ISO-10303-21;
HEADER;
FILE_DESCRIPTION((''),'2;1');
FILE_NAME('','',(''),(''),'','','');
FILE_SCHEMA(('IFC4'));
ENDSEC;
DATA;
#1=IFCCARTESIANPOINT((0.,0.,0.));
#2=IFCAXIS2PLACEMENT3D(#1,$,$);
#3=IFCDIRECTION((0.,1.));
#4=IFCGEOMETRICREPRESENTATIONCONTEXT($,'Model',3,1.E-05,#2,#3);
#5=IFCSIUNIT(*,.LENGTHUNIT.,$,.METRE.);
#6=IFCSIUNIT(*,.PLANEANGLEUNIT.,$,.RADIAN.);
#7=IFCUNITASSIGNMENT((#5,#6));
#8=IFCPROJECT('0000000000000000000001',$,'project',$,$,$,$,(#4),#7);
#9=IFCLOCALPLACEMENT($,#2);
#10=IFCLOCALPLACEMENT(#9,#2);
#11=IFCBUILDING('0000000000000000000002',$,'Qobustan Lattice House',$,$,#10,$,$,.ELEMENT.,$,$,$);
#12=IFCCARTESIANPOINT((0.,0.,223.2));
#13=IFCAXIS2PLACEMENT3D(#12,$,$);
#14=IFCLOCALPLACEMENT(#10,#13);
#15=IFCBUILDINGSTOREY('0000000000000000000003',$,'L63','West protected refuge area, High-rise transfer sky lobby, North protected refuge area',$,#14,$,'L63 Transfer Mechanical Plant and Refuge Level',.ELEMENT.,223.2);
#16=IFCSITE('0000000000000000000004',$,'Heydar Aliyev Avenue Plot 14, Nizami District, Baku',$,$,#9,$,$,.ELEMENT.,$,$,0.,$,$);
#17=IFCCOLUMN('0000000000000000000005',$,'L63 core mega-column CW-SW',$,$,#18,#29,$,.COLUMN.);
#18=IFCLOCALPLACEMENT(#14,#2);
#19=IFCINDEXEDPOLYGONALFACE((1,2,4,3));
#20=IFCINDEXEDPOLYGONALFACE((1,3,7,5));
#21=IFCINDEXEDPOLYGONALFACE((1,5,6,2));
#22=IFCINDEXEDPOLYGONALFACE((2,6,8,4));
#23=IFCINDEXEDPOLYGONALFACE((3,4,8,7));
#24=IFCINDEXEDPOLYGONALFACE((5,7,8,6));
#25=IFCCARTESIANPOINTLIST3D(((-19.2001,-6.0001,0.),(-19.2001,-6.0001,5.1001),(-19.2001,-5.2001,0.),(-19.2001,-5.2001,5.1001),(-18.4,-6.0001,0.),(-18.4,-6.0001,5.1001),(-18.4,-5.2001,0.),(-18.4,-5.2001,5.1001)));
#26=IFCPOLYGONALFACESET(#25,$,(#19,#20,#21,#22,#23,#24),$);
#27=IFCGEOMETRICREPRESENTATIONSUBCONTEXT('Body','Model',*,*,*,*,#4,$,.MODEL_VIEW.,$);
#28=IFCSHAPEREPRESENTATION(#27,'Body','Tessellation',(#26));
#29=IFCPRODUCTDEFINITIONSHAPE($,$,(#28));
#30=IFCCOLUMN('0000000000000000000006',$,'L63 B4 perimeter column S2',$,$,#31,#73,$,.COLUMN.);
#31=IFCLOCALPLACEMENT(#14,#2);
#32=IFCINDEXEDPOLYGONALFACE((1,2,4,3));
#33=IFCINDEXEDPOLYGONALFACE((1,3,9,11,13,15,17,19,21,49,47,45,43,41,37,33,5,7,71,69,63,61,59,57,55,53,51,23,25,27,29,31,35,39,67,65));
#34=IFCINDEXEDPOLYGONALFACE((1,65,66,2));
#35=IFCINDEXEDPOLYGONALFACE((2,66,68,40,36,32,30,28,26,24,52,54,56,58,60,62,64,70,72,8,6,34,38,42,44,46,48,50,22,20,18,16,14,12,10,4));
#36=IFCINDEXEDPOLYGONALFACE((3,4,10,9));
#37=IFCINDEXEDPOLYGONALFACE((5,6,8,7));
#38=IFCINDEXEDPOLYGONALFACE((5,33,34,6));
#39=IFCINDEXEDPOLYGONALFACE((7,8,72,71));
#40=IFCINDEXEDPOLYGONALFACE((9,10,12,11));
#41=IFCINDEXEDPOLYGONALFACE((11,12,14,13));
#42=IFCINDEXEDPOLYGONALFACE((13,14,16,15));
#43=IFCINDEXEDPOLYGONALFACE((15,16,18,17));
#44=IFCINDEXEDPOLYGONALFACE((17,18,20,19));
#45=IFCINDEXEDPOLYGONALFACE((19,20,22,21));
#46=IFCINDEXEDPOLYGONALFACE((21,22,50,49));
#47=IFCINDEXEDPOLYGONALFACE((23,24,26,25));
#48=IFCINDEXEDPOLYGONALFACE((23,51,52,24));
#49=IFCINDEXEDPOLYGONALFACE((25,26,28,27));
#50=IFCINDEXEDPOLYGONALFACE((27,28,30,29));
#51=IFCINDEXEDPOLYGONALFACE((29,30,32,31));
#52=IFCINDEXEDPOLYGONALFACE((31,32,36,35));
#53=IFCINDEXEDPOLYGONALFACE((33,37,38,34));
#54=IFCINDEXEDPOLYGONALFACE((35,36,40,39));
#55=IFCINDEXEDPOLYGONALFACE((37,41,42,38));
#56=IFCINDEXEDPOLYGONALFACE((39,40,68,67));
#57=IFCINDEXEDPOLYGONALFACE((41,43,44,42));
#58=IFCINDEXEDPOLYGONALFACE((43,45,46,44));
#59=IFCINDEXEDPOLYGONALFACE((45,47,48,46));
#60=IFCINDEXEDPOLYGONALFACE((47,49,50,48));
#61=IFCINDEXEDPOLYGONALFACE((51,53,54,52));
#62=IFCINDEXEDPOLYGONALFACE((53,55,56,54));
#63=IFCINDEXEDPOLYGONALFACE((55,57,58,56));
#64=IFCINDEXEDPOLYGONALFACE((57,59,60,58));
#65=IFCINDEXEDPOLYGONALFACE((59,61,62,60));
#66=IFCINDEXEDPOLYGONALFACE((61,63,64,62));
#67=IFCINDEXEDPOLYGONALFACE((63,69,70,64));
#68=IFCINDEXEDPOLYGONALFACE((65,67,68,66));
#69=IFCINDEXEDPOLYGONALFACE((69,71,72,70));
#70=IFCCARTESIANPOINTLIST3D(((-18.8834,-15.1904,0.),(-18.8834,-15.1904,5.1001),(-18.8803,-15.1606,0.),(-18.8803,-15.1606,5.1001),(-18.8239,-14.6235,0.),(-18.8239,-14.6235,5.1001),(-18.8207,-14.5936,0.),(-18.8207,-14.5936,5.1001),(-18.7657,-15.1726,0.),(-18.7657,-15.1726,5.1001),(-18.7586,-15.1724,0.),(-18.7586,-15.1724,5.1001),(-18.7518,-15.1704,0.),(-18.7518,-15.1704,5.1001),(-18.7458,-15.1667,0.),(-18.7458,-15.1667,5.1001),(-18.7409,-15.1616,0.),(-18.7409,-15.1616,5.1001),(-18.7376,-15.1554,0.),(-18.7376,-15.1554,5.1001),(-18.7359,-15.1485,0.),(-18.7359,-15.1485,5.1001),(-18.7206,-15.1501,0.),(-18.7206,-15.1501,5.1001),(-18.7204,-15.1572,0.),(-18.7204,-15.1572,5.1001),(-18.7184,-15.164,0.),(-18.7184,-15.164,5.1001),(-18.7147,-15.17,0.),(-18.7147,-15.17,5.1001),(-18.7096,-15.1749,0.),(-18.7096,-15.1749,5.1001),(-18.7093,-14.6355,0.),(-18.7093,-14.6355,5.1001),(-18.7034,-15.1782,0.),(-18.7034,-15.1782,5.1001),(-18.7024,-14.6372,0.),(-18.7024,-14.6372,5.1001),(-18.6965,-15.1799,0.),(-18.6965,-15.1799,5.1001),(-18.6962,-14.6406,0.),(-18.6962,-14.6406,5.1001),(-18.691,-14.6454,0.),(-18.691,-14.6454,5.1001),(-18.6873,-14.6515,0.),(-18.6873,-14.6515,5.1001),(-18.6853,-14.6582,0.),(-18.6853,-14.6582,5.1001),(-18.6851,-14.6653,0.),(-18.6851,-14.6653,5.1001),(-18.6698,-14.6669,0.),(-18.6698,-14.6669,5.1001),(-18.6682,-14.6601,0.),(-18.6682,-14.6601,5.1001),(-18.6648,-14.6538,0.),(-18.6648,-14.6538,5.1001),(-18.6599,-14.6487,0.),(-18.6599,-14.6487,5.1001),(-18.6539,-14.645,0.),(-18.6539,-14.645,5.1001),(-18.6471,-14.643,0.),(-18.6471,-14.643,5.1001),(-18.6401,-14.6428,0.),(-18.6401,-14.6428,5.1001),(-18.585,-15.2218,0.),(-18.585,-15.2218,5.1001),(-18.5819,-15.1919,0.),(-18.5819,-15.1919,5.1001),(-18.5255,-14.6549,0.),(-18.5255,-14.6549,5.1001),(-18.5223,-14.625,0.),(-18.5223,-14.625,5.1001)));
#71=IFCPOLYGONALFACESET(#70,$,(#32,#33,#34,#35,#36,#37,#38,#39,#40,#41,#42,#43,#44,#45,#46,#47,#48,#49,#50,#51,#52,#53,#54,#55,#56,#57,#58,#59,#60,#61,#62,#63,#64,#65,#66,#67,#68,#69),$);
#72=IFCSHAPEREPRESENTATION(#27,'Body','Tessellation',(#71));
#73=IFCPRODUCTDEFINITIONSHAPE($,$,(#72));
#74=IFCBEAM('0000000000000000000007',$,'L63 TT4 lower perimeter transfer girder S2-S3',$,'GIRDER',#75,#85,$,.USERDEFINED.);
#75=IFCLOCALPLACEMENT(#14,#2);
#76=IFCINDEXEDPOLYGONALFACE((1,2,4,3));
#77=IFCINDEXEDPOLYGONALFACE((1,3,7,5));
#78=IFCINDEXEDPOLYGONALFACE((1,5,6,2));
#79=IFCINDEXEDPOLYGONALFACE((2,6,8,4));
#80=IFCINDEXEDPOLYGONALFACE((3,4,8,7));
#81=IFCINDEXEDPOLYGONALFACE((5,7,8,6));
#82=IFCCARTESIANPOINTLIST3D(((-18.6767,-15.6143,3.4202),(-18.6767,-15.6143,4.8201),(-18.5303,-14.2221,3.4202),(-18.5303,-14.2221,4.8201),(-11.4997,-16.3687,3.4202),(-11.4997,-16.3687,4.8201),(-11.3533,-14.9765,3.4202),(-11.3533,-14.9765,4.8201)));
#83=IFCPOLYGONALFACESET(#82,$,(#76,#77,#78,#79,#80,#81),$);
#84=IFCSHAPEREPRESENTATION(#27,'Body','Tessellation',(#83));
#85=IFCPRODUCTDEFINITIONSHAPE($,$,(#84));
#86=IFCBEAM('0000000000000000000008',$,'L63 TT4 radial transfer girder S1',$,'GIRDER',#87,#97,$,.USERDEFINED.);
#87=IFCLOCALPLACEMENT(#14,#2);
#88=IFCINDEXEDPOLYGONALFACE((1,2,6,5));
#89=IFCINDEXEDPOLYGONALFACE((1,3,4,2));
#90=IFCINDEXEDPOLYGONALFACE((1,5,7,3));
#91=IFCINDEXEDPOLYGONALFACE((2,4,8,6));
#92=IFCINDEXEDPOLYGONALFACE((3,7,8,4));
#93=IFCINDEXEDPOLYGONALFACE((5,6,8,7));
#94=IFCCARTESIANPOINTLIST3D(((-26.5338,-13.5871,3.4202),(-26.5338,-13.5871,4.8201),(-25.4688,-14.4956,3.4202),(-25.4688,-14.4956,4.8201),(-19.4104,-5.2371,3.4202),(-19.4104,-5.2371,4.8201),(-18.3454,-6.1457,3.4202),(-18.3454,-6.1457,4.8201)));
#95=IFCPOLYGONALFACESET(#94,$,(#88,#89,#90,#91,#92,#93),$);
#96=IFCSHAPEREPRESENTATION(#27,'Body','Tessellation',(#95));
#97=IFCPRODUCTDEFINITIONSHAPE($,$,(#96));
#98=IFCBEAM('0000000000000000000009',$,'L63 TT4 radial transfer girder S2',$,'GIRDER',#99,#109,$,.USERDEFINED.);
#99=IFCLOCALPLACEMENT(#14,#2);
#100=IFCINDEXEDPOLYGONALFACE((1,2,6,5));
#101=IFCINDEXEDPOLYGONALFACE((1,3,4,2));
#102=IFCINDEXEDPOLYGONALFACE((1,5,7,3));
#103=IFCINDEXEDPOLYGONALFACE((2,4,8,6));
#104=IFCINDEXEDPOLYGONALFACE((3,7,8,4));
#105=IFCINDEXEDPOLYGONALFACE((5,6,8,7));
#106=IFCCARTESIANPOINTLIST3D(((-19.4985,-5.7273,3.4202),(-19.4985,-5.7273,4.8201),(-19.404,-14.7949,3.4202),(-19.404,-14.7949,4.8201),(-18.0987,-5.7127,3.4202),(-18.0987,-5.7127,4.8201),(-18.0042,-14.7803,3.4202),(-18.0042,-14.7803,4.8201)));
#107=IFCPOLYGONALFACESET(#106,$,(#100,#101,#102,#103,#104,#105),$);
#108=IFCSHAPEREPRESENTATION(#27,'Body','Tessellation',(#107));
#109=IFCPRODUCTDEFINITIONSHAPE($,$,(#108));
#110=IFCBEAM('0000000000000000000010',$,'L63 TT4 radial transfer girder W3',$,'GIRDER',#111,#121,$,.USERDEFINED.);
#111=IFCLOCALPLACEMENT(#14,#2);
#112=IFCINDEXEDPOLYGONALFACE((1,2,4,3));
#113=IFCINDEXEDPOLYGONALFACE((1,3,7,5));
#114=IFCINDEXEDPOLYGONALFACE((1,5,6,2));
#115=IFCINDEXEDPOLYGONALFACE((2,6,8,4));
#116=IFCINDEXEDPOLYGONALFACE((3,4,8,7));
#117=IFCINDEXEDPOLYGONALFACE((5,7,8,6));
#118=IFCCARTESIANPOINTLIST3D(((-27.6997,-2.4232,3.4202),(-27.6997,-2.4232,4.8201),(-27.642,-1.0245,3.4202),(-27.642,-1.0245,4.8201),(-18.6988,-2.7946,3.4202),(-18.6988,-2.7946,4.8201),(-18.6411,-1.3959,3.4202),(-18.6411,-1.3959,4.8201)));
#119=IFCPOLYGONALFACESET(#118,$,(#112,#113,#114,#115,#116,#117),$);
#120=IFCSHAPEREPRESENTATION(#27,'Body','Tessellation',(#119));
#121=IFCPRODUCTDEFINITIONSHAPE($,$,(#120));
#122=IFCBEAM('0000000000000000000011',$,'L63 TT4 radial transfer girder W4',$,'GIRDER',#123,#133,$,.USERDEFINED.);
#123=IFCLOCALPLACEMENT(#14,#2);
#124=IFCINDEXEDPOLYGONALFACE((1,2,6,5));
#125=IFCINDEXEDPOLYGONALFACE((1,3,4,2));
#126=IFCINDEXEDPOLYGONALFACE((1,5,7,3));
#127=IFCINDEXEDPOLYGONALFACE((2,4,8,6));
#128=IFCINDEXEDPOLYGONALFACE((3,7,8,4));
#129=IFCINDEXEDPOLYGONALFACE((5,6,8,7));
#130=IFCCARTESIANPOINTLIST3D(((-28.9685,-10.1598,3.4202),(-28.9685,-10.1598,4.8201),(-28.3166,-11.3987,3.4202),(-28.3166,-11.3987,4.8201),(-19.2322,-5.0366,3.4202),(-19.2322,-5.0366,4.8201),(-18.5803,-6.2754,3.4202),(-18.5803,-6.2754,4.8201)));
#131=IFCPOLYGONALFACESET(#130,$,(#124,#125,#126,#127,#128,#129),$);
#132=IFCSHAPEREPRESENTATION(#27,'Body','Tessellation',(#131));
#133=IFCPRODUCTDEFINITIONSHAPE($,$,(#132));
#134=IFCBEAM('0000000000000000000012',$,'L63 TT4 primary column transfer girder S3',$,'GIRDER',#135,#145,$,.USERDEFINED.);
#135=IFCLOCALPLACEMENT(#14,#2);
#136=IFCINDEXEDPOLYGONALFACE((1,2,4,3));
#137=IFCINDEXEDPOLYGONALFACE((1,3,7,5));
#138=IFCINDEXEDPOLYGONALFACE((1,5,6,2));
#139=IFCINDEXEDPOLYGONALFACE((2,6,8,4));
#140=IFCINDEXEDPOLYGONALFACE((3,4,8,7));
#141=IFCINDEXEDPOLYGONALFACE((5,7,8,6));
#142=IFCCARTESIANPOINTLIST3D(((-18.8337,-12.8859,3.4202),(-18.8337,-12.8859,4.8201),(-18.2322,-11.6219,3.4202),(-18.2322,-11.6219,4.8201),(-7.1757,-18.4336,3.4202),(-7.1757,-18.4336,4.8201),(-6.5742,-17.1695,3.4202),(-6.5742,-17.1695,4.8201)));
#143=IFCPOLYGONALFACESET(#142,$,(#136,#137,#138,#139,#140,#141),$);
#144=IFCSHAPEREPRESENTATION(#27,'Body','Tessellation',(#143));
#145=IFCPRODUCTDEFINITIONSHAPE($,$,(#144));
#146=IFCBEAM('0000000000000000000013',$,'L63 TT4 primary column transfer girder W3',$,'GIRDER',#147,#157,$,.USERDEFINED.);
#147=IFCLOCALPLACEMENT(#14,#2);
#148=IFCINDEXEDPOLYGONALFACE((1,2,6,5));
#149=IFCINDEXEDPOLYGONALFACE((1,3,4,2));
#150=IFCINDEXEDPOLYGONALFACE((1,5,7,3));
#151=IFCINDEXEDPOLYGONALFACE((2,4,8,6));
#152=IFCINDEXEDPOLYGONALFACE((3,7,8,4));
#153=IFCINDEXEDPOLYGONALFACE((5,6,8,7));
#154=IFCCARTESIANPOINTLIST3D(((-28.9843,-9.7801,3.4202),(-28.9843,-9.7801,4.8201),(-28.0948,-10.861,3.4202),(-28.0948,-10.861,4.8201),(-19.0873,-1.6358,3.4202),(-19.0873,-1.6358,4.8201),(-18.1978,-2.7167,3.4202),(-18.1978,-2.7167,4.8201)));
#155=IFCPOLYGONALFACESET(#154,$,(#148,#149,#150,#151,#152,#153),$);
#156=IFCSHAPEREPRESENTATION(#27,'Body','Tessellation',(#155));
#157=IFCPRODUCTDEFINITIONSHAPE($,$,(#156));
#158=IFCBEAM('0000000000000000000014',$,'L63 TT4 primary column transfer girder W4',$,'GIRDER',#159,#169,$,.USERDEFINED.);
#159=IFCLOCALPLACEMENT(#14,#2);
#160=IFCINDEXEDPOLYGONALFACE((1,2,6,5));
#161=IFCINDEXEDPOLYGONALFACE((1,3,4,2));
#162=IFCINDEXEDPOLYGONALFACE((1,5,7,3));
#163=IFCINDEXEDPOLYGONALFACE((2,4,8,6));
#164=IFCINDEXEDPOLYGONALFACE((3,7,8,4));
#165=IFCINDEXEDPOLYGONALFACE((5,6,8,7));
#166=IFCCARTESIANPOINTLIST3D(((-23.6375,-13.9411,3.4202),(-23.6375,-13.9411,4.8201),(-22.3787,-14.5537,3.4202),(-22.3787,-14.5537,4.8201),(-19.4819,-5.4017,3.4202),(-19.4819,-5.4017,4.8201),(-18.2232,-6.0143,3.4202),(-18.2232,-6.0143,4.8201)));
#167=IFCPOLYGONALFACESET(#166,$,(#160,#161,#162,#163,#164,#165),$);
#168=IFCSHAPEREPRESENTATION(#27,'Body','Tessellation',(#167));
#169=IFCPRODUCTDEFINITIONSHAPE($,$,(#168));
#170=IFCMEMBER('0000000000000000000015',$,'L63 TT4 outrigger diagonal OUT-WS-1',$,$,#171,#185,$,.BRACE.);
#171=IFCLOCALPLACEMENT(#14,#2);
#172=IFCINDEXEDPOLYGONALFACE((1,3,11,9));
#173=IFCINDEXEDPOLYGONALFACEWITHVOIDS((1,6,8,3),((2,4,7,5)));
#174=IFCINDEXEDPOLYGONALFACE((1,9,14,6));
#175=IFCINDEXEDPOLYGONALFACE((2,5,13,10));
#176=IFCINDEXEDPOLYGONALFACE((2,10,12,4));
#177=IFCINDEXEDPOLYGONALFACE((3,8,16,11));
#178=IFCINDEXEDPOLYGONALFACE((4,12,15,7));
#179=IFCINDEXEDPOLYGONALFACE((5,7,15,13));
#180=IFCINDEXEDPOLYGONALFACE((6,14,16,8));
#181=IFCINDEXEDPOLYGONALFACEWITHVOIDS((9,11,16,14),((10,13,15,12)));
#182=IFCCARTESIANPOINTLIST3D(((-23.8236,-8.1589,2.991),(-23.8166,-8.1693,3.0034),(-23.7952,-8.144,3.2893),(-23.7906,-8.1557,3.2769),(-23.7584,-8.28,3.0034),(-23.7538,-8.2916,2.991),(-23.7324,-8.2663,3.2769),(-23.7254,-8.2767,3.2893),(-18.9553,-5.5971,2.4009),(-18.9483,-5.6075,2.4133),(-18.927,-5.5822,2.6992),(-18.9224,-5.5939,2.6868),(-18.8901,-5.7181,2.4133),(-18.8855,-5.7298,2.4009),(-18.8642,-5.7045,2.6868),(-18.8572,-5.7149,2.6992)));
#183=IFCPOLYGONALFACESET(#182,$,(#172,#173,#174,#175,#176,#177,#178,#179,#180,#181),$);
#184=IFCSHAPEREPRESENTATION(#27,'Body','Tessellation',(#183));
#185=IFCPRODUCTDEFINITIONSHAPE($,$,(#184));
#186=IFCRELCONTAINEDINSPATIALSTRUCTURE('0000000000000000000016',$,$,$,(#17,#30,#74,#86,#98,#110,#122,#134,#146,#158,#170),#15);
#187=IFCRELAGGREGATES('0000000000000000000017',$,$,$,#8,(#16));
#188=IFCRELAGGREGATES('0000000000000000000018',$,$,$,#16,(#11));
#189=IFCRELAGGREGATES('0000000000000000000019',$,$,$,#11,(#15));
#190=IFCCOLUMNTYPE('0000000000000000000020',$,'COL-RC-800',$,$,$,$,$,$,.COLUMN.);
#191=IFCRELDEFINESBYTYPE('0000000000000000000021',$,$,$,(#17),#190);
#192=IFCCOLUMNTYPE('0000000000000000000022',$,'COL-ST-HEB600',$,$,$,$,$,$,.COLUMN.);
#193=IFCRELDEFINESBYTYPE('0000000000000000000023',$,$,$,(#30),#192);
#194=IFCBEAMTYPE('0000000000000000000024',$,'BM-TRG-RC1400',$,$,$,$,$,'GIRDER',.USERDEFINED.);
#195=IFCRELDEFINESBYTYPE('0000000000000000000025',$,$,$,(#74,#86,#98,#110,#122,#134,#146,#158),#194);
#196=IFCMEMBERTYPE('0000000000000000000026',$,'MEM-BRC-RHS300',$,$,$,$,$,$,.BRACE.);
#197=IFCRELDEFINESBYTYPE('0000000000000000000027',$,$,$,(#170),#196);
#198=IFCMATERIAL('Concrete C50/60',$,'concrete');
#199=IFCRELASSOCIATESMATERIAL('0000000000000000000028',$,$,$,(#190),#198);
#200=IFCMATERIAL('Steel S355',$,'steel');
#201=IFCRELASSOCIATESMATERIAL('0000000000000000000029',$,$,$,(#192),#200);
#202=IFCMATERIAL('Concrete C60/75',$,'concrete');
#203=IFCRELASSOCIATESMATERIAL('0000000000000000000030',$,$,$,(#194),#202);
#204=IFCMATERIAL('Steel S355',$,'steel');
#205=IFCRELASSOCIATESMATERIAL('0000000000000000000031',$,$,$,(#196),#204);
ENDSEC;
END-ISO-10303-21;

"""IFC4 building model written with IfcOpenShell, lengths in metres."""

from ifc_helpers import new_model, si_unit, direction, frame, origin, origin_2d, place, context, subcontext, project, spatial, rectangle, hollow_rectangle, i_section, extrude, material, material_profile, profile_set, type_object, element, save


model = new_model("IFC4")

# Units and contexts
model_context = context("Model", 3, precision=1e-05, world=origin(), true_north=direction((0.0, 1.0)))
body_context = subcontext(model_context, "Body", "Model", "MODEL_VIEW")
ifc_project = project(units=[si_unit("LENGTHUNIT", "METRE"), si_unit("PLANEANGLEUNIT", "RADIAN")], contexts=[model_context])

# Site, building, storey
site_placement = place(None, origin())
site = spatial("IfcSite", under=ifc_project, at=site_placement, Name="Heydar Aliyev Avenue Plot 14, Nizami District, Baku", CompositionType="ELEMENT", RefElevation=0.0)
building_placement = place(site_placement, origin())
building = spatial("IfcBuilding", under=site, at=building_placement, Name="Qobustan Lattice House", CompositionType="ELEMENT")
storey_placement = place(building_placement, frame((0.0, 0.0, 223.2)))
storey = spatial("IfcBuildingStorey", under=building, at=storey_placement, Name="L63", Description="West protected refuge area, High-rise transfer sky lobby, North protected refuge area", LongName="L63 Transfer Mechanical Plant and Refuge Level", CompositionType="ELEMENT", Elevation=223.2)

# Columns
ifc_material_1 = material(Name="Concrete C50/60", Category="concrete")
ifc_material_profile_1 = material_profile(ifc_material_1, rectangle(XDim=0.8, YDim=0.8, at=origin_2d()), Name="RC800x800")
ifc_profile_set_1 = profile_set([ifc_material_profile_1], Name="Concrete C50/60")
column_type_1 = type_object("IfcColumnType", Name="COL-RC-800", PredefinedType="COLUMN", material=ifc_profile_set_1)
column_1_placement = place(storey_placement, frame((-18.8, -5.6001, 0.0), z_axis=(0.0, 0.0, 1.0), x_axis=(1.0, 0.0, 0.0)))
element("IfcColumn", 1, at=column_1_placement, inside=storey, type_object=column_type_1, Name="L63 core mega-column CW-SW", PredefinedType="COLUMN", context=body_context, shape_type="SweptSolid", body=[
    extrude(rectangle(XDim=0.8, YDim=0.8, at=origin_2d()), origin(), (0.0, 0.0, 1.0), 5.1001),
])
ifc_material_2 = material(Name="Steel S355", Category="steel")
ifc_material_profile_2 = material_profile(ifc_material_2, i_section(OverallWidth=0.3, OverallDepth=0.6001, WebThickness=0.0154, FlangeThickness=0.03, FilletRadius=0.0271, at=origin_2d()), Name="HEB600")
ifc_profile_set_2 = profile_set([ifc_material_profile_2], Name="Steel S355")
column_type_2 = type_object("IfcColumnType", Name="COL-ST-HEB600", PredefinedType="COLUMN", material=ifc_profile_set_2)
column_2_placement = place(storey_placement, frame((-18.7029, -14.9077, 0.0), z_axis=(0.0, 0.0, 1.0), x_axis=(0.994522, -0.104528, 0.0)))
element("IfcColumn", 2, at=column_2_placement, inside=storey, type_object=column_type_2, Name="L63 B4 perimeter column S2", PredefinedType="COLUMN", context=body_context, shape_type="SweptSolid", body=[
    extrude(i_section(OverallWidth=0.3, OverallDepth=0.6001, WebThickness=0.0154, FlangeThickness=0.03, FilletRadius=0.0271, at=origin_2d()), origin(), (0.0, 0.0, 1.0), 5.1001),
])

# Beams
ifc_material_3 = material(Name="Concrete C60/75", Category="concrete")
ifc_material_profile_3 = material_profile(ifc_material_3, rectangle(XDim=1.3999, YDim=1.3999, at=origin_2d()), Name="RC1400x1400")
ifc_profile_set_3 = profile_set([ifc_material_profile_3], Name="Concrete C60/75")
beam_type = type_object("IfcBeamType", Name="BM-TRG-RC1400", ElementType="GIRDER", PredefinedType="USERDEFINED", material=ifc_profile_set_3)
beam_1_placement = place(storey_placement, frame((-18.6035, -14.9182, 4.1201), z_axis=(0.994521, -0.104537, 0.0), x_axis=(0.104537, 0.994521, 0.0)))
element("IfcBeam", 3, at=beam_1_placement, inside=storey, type_object=beam_type, Name="L63 TT4 lower perimeter transfer girder S2-S3", ObjectType="GIRDER", PredefinedType="USERDEFINED", context=body_context, shape_type="SweptSolid", body=[
    extrude(rectangle(XDim=1.3999, YDim=1.3999, at=origin_2d()), origin(), (0.0, 0.0, 1.0), 7.2166),
])
beam_2_placement = place(storey_placement, frame((-18.8779, -5.6914, 4.1201), z_axis=(-0.649018, -0.760773, 0.0), x_axis=(0.760773, -0.649018, 0.0)))
element("IfcBeam", 4, at=beam_2_placement, inside=storey, type_object=beam_type, Name="L63 TT4 radial transfer girder S1", ObjectType="GIRDER", PredefinedType="USERDEFINED", context=body_context, shape_type="SweptSolid", body=[
    extrude(rectangle(XDim=1.3999, YDim=1.3999, at=origin_2d()), origin(), (0.0, 0.0, 1.0), 10.9756),
])
beam_3_placement = place(storey_placement, frame((-18.7986, -5.72, 4.1201), z_axis=(0.010419, -0.999946, 0.0), x_axis=(0.999946, 0.010419, 0.0)))
element("IfcBeam", 5, at=beam_3_placement, inside=storey, type_object=beam_type, Name="L63 TT4 radial transfer girder S2", ObjectType="GIRDER", PredefinedType="USERDEFINED", context=body_context, shape_type="SweptSolid", body=[
    extrude(rectangle(XDim=1.3999, YDim=1.3999, at=origin_2d()), origin(), (0.0, 0.0, 1.0), 9.0681),
])
beam_4_placement = place(storey_placement, frame((-18.6699, -2.0952, 4.1201), z_axis=(-0.99915, 0.04122, 0.0), x_axis=(-0.04122, -0.99915, 0.0)))
element("IfcBeam", 6, at=beam_4_placement, inside=storey, type_object=beam_type, Name="L63 TT4 radial transfer girder W3", ObjectType="GIRDER", PredefinedType="USERDEFINED", context=body_context, shape_type="SweptSolid", body=[
    extrude(rectangle(XDim=1.3999, YDim=1.3999, at=origin_2d()), origin(), (0.0, 0.0, 1.0), 9.0085),
])
beam_5_placement = place(storey_placement, frame((-18.9062, -5.656, 4.1201), z_axis=(-0.884959, -0.465669, 0.0), x_axis=(0.465669, -0.884959, 0.0)))
element("IfcBeam", 7, at=beam_5_placement, inside=storey, type_object=beam_type, Name="L63 TT4 radial transfer girder W4", ObjectType="GIRDER", PredefinedType="USERDEFINED", context=body_context, shape_type="SweptSolid", body=[
    extrude(rectangle(XDim=1.3999, YDim=1.3999, at=origin_2d()), origin(), (0.0, 0.0, 1.0), 11.002),
])
beam_6_placement = place(storey_placement, frame((-18.533, -12.2539, 4.1201), z_axis=(0.902975, -0.429694, 0.0), x_axis=(0.429694, 0.902975, 0.0)))
element("IfcBeam", 8, at=beam_6_placement, inside=storey, type_object=beam_type, Name="L63 TT4 primary column transfer girder S3", ObjectType="GIRDER", PredefinedType="USERDEFINED", context=body_context, shape_type="SweptSolid", body=[
    extrude(rectangle(XDim=1.3999, YDim=1.3999, at=origin_2d()), origin(), (0.0, 0.0, 1.0), 12.9106),
])
beam_7_placement = place(storey_placement, frame((-18.6426, -2.1763, 4.1201), z_axis=(-0.772166, -0.635421, 0.0), x_axis=(0.635421, -0.772166, 0.0)))
element("IfcBeam", 9, at=beam_7_placement, inside=storey, type_object=beam_type, Name="L63 TT4 primary column transfer girder W3", ObjectType="GIRDER", PredefinedType="USERDEFINED", context=body_context, shape_type="SweptSolid", body=[
    extrude(rectangle(XDim=1.3999, YDim=1.3999, at=origin_2d()), origin(), (0.0, 0.0, 1.0), 12.8171),
])
beam_8_placement = place(storey_placement, frame((-18.8525, -5.708, 4.1201), z_axis=(-0.437573, -0.899183, 0.0), x_axis=(0.899183, -0.437573, 0.0)))
element("IfcBeam", 10, at=beam_8_placement, inside=storey, type_object=beam_type, Name="L63 TT4 primary column transfer girder W4", ObjectType="GIRDER", PredefinedType="USERDEFINED", context=body_context, shape_type="SweptSolid", body=[
    extrude(rectangle(XDim=1.3999, YDim=1.3999, at=origin_2d()), origin(), (0.0, 0.0, 1.0), 9.4968),
])

# Member
ifc_material_4 = material(Name="Steel S355", Category="steel")
ifc_material_profile_4 = material_profile(ifc_material_4, hollow_rectangle(XDim=0.1499, YDim=0.3, WallThickness=0.0125, at=origin_2d()), Name="RHS300x150x12.5")
ifc_profile_set_4 = profile_set([ifc_material_profile_4], Name="Steel S355")
member_type_1 = type_object("IfcMemberType", Name="MEM-BRC-RHS300", PredefinedType="BRACE", material=ifc_profile_set_4)
member_1_placement = place(storey_placement, frame((-18.9062, -5.656, 2.55), z_axis=(-0.879902, -0.46303, 0.106656), x_axis=(0.465686, -0.88495, 0.0)))
element("IfcMember", 11, at=member_1_placement, inside=storey, type_object=member_type_1, Name="L63 TT4 outrigger diagonal OUT-WS-1", PredefinedType="BRACE", context=body_context, shape_type="SweptSolid", body=[
    extrude(hollow_rectangle(XDim=0.1499, YDim=0.3, WallThickness=0.0125, at=origin_2d()), origin(), (0.0, 0.0, 1.0), 5.5327),
])

save(model, "model.ifc")
